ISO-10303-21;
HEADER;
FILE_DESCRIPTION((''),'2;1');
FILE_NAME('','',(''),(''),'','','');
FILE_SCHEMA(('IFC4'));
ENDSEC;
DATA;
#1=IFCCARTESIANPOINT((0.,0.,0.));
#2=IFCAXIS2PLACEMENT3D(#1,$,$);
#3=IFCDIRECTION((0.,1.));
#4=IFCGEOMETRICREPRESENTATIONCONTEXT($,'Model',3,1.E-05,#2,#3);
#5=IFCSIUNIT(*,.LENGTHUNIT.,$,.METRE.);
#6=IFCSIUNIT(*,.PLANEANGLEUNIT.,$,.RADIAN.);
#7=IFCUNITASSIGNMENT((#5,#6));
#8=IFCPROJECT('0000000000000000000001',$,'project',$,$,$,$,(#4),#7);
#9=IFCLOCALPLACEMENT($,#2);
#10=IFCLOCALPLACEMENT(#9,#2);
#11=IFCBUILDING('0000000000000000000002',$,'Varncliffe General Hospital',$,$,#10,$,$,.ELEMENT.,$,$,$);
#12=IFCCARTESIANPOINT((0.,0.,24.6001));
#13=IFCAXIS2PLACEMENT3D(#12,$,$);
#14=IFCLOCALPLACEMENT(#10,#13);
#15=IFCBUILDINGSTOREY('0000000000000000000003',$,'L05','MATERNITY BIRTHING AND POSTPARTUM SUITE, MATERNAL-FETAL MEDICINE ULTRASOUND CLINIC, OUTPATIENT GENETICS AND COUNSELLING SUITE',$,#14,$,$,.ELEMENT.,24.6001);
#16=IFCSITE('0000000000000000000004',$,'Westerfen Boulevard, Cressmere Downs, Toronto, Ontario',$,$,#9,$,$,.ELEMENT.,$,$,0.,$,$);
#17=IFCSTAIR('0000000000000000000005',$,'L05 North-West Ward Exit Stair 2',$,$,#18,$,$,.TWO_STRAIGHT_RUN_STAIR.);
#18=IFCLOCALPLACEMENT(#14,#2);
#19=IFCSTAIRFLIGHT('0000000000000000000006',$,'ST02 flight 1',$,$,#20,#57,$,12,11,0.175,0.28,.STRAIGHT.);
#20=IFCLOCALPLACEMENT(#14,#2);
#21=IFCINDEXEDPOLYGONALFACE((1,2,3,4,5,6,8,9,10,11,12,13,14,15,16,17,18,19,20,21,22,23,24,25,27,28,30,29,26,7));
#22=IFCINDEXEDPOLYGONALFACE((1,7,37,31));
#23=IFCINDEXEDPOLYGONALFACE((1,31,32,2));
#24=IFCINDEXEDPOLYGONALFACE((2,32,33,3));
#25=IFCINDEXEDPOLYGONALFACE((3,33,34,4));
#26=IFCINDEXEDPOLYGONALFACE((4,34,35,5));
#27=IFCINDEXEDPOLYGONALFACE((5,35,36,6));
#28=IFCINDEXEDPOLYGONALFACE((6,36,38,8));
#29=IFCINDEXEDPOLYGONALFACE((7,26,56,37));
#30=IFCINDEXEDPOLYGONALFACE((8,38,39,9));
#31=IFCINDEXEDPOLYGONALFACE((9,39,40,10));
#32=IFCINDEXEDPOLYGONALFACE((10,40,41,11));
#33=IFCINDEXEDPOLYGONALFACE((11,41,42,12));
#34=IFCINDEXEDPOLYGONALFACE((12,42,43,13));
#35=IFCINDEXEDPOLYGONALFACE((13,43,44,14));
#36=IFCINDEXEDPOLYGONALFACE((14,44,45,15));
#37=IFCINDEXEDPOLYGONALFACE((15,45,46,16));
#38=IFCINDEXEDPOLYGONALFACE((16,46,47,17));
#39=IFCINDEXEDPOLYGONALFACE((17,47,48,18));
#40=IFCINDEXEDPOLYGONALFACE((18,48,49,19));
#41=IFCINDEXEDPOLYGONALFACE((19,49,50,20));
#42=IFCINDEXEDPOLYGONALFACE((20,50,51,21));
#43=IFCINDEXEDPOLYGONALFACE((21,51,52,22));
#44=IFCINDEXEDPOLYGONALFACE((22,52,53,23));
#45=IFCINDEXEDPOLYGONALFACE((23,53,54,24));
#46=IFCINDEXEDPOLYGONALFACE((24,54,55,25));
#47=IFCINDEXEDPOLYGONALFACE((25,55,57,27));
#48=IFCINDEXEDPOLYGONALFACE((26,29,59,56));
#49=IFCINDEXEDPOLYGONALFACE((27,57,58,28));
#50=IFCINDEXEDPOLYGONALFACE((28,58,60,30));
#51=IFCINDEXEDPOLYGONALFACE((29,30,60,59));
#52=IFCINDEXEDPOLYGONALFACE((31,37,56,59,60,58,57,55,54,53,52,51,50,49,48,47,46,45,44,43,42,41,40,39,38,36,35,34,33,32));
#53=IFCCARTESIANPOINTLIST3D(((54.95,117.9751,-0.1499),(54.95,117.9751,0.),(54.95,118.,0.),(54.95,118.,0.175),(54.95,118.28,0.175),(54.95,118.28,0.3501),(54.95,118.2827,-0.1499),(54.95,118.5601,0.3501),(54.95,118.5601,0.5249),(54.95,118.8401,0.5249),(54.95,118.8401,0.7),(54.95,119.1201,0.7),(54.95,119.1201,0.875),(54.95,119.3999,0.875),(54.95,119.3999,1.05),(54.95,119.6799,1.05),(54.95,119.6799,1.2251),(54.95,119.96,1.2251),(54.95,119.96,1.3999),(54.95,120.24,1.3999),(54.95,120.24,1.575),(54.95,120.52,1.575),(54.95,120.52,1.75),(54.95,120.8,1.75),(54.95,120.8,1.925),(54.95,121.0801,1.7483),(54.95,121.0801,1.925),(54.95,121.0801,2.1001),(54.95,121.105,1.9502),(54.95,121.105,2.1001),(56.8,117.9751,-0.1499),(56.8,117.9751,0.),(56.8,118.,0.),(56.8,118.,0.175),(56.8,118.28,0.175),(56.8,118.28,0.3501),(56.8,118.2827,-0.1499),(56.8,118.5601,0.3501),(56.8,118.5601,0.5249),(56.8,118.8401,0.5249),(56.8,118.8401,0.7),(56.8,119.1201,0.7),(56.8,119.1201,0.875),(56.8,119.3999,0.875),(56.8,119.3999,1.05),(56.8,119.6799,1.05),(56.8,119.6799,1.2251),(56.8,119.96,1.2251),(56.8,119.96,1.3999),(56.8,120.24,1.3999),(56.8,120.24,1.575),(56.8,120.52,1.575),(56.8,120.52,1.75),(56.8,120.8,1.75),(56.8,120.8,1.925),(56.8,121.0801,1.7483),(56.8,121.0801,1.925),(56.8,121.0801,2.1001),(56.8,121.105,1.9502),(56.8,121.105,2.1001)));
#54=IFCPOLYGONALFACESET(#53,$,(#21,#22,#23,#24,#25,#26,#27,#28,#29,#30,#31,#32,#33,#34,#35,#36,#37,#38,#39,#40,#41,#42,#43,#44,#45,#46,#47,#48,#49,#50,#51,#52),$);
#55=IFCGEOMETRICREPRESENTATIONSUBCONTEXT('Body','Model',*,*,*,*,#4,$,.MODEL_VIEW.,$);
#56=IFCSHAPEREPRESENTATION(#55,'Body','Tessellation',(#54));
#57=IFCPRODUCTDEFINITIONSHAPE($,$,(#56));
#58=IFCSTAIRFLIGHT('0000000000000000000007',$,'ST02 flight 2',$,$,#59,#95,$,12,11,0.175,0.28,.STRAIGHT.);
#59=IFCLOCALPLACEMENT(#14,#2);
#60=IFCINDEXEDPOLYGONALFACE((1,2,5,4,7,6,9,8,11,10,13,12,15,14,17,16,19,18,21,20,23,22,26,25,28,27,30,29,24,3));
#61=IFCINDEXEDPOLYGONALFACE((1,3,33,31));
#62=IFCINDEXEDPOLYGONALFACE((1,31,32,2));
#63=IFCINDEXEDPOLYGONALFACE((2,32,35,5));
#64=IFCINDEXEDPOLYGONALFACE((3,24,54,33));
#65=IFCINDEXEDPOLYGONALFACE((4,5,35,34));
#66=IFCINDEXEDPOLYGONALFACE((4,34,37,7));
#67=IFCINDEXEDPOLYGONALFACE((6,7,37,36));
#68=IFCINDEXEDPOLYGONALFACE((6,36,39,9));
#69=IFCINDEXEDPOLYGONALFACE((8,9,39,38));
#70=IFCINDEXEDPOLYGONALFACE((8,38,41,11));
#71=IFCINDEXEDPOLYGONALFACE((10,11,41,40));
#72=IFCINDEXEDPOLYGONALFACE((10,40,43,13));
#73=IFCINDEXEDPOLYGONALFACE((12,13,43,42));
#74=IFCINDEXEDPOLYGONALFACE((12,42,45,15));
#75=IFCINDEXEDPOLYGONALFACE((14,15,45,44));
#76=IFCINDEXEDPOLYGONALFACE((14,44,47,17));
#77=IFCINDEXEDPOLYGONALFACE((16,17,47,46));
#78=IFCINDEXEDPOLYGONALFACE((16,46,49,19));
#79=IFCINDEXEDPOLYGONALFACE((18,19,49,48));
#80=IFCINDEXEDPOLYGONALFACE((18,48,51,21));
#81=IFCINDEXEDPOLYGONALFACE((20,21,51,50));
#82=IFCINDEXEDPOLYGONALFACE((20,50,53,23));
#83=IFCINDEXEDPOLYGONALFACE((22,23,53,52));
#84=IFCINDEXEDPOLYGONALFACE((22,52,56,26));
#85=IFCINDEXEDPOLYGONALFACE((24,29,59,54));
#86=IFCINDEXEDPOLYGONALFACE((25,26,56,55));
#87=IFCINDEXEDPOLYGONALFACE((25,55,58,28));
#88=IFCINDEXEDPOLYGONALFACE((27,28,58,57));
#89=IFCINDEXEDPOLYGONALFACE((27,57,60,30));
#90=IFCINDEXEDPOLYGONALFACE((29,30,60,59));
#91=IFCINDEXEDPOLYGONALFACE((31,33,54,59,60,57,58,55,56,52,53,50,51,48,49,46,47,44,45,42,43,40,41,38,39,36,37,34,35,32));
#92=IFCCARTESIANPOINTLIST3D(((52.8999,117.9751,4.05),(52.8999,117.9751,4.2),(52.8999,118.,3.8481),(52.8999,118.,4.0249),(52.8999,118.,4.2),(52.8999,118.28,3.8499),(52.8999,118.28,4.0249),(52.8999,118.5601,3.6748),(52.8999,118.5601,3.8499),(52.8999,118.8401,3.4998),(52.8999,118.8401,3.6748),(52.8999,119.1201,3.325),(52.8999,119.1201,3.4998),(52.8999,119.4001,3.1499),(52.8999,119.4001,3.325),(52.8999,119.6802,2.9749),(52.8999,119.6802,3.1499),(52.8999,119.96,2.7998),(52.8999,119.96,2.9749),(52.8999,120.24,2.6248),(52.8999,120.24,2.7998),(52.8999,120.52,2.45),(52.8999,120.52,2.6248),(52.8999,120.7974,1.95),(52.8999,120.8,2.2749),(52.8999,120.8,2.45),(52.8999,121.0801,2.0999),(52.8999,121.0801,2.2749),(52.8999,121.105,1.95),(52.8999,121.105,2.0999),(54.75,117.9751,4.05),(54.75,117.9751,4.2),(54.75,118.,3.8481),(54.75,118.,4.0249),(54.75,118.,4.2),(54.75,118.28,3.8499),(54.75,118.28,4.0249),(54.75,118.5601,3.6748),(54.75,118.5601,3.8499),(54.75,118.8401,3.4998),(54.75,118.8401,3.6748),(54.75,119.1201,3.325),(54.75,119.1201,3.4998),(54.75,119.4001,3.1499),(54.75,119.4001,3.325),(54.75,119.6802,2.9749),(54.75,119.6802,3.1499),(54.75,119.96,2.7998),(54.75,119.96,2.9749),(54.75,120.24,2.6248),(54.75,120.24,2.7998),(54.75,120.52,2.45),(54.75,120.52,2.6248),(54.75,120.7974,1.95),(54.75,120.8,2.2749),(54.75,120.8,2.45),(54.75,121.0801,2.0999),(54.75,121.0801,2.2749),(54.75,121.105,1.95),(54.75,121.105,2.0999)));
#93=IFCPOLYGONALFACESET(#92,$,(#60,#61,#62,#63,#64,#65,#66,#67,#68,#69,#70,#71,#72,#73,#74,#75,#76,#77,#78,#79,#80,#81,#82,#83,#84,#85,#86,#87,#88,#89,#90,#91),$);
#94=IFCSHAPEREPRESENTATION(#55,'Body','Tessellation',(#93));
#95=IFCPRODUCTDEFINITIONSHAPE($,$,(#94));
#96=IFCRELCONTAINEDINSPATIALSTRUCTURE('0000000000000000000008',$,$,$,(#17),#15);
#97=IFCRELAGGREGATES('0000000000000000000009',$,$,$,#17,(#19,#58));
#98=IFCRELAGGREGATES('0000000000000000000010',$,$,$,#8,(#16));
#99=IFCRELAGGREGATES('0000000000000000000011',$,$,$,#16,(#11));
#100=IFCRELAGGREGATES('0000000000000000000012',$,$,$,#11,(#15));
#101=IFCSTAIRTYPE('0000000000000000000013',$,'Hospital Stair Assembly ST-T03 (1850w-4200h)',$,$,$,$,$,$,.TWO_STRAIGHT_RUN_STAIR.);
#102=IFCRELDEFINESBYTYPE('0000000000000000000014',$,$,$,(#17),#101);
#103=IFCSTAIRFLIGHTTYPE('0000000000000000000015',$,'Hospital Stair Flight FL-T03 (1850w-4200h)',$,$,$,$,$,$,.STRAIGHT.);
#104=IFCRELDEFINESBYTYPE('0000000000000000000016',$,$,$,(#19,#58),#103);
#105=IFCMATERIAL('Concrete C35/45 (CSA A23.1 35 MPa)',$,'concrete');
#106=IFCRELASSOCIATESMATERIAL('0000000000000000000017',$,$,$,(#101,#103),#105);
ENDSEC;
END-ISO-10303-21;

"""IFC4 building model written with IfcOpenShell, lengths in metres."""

from ifc_helpers import new_model, si_unit, direction, frame, origin, place, context, subcontext, project, spatial, polyline, outline, extrude, material, type_object, element, aggregate, save


model = new_model("IFC4")

# Units and contexts
model_context = context("Model", 3, precision=1e-05, world=origin(), true_north=direction((0.0, 1.0)))
body_context = subcontext(model_context, "Body", "Model", "MODEL_VIEW")
ifc_project = project(units=[si_unit("LENGTHUNIT", "METRE"), si_unit("PLANEANGLEUNIT", "RADIAN")], contexts=[model_context])

# Site, building, storey
site_placement = place(None, origin())
site = spatial("IfcSite", under=ifc_project, at=site_placement, Name="Westerfen Boulevard, Cressmere Downs, Toronto, Ontario", CompositionType="ELEMENT", RefElevation=0.0)
building_placement = place(site_placement, origin())
building = spatial("IfcBuilding", under=site, at=building_placement, Name="Varncliffe General Hospital", CompositionType="ELEMENT")
storey_placement = place(building_placement, frame((0.0, 0.0, 24.6001)))
storey = spatial("IfcBuildingStorey", under=building, at=storey_placement, Name="L05", Description="MATERNITY BIRTHING AND POSTPARTUM SUITE, MATERNAL-FETAL MEDICINE ULTRASOUND CLINIC, OUTPATIENT GENETICS AND COUNSELLING SUITE", CompositionType="ELEMENT", Elevation=24.6001)

# Shared definitions
ifc_material_1 = material(Name="Concrete C35/45 (CSA A23.1 35 MPa)", Category="concrete")

# Stair, stair flights
stair_type = type_object("IfcStairType", Name="Hospital Stair Assembly ST-T03 (1850w-4200h)", PredefinedType="TWO_STRAIGHT_RUN_STAIR", material=ifc_material_1)
stair_placement = place(storey_placement, origin())
stair = element("IfcStair", 1, at=stair_placement, inside=storey, type_object=stair_type, Name="L05 North-West Ward Exit Stair 2", PredefinedType="TWO_STRAIGHT_RUN_STAIR")
stair_flight_type = type_object("IfcStairFlightType", Name="Hospital Stair Flight FL-T03 (1850w-4200h)", PredefinedType="STRAIGHT", material=ifc_material_1)
stair_flight_1_placement = place(storey_placement, frame((55.875, 118.0, 0.0), z_axis=(0.0, 0.0, 1.0), x_axis=(0.0, 1.0, 0.0)))
stair_flight_1 = element("IfcStairFlight", 2, at=stair_flight_1_placement, type_object=stair_flight_type, Name="ST02 flight 1", NumberOfRisers=12, NumberOfTreads=11, PredefinedType="STRAIGHT", RiserHeight=0.175, TreadLength=0.28, context=body_context, shape_type="SweptSolid", body=[
    extrude(outline(polyline([(-0.0249, -0.1499), (-0.0249, 0.0), (0.0, 0.0), (0.0, 0.175), (0.28, 0.175), (0.28, 0.3501), (0.5601, 0.3501), (0.5601, 0.5249), (0.8401, 0.5249), (0.8401, 0.7), (1.1201, 0.7), (1.1201, 0.875), (1.3999, 0.875), (1.3999, 1.05), (1.6799, 1.05), (1.6799, 1.2251), (1.96, 1.2251), (1.96, 1.3999), (2.24, 1.3999), (2.24, 1.575), (2.52, 1.575), (2.52, 1.75), (2.8, 1.75), (2.8, 1.925), (3.0801, 1.925), (3.0801, 2.1001), (3.105, 2.1001), (3.105, 1.9502), (3.0801, 1.7483), (0.2827, -0.1499), (-0.0249, -0.1499)])), frame((0.0, 0.925, 0.0), z_axis=(0.0, -1.0, 0.0), x_axis=(1.0, 0.0, 0.0)), (0.0, 0.0, 1.0), 1.8501),
])
stair_flight_2_placement = place(storey_placement, frame((53.825, 121.0801, 2.0999), z_axis=(0.0, 0.0, 1.0), x_axis=(0.0, -1.0, 0.0)))
stair_flight_2 = element("IfcStairFlight", 3, at=stair_flight_2_placement, type_object=stair_flight_type, Name="ST02 flight 2", NumberOfRisers=12, NumberOfTreads=11, PredefinedType="STRAIGHT", RiserHeight=0.175, TreadLength=0.28, context=body_context, shape_type="SweptSolid", body=[
    extrude(outline(polyline([(-0.0249, -0.1499), (-0.0249, 0.0), (0.0, 0.0), (0.0, 0.175), (0.28, 0.175), (0.28, 0.3501), (0.5601, 0.3501), (0.5601, 0.5249), (0.8401, 0.5249), (0.8401, 0.7), (1.1201, 0.7), (1.1201, 0.875), (1.3999, 0.875), (1.3999, 1.05), (1.6799, 1.05), (1.6799, 1.2251), (1.96, 1.2251), (1.96, 1.3999), (2.24, 1.3999), (2.24, 1.575), (2.52, 1.575), (2.52, 1.75), (2.8, 1.75), (2.8, 1.925), (3.0801, 1.925), (3.0801, 2.1001), (3.105, 2.1001), (3.105, 1.9502), (3.0801, 1.7483), (0.2827, -0.1499), (-0.0249, -0.1499)])), frame((0.0, 0.925, 0.0), z_axis=(0.0, -1.0, 0.0), x_axis=(1.0, 0.0, 0.0)), (0.0, 0.0, 1.0), 1.8501),
])
aggregate(stair, [stair_flight_1, stair_flight_2])

save(model, "model.ifc")
